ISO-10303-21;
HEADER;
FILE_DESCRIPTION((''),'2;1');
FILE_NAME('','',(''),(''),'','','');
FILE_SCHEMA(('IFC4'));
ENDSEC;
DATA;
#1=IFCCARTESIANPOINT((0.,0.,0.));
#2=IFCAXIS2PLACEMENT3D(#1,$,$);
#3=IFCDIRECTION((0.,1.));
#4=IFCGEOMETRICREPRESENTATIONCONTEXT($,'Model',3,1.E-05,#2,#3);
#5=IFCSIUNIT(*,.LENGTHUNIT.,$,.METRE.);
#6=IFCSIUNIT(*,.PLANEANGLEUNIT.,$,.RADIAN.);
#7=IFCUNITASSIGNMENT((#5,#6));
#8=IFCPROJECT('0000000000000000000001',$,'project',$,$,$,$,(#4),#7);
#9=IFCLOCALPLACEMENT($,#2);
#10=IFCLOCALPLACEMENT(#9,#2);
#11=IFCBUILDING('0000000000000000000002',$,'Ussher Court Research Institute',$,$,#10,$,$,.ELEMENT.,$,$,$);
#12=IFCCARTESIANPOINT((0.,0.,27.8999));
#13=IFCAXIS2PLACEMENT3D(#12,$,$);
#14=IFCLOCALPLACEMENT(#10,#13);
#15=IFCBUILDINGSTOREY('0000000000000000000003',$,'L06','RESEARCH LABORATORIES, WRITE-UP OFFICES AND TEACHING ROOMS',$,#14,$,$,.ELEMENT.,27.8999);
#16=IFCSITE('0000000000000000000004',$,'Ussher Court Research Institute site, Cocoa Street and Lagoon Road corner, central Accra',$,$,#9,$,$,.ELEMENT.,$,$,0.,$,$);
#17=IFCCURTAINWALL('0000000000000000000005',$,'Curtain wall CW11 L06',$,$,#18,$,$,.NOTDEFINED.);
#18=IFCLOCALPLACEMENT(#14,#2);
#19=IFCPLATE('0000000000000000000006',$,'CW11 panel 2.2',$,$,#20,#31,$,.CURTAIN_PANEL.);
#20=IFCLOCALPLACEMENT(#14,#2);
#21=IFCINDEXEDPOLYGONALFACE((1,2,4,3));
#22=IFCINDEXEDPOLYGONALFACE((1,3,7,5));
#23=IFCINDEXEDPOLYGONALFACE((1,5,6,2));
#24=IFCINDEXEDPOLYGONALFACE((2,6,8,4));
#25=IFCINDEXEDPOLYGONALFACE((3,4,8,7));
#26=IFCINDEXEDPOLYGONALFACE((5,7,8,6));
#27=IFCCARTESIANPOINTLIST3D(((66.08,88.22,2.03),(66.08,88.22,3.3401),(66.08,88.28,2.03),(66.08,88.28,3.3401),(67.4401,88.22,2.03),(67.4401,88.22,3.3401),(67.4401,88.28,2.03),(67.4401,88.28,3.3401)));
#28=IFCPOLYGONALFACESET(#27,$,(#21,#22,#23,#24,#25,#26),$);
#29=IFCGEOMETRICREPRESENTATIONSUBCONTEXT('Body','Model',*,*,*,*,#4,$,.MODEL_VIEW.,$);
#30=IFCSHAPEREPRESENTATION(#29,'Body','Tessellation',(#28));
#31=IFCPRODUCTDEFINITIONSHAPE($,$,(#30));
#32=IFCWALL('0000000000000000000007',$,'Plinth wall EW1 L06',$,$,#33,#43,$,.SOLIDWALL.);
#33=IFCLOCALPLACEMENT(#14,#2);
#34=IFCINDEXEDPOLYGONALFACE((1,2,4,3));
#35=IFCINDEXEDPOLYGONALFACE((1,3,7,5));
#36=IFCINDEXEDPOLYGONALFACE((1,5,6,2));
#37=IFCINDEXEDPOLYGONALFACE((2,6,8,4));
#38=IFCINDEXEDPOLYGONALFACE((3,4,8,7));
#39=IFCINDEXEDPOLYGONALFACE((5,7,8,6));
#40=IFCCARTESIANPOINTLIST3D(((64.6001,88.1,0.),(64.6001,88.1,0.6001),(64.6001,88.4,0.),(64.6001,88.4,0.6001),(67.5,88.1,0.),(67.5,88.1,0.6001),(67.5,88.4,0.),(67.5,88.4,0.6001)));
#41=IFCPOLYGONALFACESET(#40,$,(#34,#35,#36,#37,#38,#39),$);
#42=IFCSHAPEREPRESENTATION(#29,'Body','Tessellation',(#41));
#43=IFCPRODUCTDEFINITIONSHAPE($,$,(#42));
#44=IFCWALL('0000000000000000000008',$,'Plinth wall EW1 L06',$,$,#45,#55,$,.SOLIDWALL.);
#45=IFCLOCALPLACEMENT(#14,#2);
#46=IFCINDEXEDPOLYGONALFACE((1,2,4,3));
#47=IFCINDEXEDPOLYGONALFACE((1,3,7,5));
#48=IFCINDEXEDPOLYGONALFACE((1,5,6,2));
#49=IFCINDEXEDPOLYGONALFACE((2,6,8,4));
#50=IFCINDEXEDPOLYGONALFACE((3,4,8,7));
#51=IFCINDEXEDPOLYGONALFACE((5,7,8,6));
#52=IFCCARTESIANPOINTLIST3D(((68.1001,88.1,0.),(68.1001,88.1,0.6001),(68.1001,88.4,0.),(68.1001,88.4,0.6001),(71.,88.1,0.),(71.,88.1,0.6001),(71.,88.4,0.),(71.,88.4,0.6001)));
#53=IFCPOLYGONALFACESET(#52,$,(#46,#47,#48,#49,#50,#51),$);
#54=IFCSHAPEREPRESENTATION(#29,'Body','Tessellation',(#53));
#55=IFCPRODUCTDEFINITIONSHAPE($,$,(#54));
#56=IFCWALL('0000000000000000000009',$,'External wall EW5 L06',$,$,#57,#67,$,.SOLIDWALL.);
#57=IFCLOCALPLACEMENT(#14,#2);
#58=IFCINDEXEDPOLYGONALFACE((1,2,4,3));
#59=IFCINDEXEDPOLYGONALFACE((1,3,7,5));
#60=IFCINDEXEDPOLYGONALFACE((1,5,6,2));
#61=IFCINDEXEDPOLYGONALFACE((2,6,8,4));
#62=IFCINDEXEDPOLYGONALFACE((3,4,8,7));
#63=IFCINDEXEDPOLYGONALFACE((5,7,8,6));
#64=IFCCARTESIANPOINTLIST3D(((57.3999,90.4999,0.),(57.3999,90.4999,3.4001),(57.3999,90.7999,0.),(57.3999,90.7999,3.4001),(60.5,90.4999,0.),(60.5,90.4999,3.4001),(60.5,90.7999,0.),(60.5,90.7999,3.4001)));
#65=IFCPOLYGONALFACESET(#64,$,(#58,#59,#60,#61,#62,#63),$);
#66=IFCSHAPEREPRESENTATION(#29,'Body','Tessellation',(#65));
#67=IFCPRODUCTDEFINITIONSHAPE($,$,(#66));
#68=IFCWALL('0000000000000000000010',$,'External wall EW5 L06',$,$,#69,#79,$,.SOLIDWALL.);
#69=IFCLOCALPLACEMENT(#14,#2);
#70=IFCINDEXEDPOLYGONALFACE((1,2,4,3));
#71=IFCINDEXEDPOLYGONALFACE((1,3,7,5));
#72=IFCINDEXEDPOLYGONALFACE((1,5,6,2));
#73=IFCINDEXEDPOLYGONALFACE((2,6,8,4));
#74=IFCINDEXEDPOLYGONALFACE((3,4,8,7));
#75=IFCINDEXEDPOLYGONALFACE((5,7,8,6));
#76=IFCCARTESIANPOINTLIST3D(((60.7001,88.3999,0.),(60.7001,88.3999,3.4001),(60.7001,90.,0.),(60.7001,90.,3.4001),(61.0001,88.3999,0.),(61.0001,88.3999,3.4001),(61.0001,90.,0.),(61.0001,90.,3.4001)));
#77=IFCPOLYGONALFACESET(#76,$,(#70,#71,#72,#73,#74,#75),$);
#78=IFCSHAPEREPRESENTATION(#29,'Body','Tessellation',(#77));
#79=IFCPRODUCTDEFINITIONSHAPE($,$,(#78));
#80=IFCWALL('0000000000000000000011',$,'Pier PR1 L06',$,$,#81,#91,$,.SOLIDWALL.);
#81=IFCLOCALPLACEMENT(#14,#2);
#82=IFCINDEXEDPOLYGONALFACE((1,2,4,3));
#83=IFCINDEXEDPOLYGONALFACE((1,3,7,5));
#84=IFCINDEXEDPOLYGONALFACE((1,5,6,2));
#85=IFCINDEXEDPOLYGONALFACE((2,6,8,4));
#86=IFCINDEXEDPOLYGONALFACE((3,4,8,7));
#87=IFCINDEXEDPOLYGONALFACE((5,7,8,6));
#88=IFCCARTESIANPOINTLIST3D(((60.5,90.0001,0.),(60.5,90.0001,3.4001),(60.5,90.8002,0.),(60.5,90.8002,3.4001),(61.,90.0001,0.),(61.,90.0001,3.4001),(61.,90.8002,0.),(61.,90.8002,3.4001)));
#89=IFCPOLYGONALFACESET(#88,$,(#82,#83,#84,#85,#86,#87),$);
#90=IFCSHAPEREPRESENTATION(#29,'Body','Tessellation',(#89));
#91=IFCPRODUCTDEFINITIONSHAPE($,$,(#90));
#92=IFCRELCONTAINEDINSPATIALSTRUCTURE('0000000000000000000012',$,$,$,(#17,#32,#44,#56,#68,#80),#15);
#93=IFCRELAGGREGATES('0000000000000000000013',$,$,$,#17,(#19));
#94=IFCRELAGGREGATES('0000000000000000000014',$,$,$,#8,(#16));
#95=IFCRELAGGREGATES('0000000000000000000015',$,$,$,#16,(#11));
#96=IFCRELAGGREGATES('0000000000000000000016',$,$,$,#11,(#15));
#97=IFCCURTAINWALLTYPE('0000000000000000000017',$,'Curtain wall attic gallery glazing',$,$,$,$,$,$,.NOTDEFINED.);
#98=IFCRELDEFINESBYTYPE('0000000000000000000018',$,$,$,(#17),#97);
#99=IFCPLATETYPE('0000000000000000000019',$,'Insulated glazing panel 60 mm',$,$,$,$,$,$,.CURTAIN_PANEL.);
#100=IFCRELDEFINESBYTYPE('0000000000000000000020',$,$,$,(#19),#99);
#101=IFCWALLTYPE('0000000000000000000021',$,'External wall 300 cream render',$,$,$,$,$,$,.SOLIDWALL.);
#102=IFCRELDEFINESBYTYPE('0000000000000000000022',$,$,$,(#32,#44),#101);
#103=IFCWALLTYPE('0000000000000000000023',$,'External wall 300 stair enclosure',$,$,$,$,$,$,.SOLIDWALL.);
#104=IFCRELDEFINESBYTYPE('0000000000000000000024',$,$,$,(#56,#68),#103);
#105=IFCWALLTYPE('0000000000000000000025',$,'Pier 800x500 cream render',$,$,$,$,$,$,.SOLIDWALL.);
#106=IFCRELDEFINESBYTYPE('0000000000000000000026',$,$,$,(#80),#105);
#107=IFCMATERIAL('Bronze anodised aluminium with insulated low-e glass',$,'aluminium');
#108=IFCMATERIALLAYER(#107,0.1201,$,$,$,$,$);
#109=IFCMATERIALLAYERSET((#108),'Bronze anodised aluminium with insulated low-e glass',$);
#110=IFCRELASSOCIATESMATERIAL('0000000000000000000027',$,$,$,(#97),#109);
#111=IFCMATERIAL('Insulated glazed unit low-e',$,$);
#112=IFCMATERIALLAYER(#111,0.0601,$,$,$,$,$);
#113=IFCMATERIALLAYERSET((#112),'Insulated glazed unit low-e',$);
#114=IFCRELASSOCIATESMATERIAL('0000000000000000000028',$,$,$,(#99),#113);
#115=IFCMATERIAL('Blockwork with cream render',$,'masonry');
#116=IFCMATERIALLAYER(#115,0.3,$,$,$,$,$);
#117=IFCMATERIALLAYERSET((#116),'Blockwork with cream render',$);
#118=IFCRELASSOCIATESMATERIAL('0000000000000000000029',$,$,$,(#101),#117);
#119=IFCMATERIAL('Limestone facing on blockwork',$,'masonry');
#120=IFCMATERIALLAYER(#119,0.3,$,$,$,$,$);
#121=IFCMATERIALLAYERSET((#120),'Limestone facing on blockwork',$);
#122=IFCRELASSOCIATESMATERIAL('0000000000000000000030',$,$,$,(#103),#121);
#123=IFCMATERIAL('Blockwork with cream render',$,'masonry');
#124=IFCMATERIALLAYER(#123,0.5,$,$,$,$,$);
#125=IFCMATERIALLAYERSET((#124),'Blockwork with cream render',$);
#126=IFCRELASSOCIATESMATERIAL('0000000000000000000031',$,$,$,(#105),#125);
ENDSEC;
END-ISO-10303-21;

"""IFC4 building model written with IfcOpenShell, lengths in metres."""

from ifc_helpers import new_model, si_unit, direction, frame, frame_2d, origin, origin_2d, place, context, subcontext, project, spatial, rectangle, extrude, material, layer, layer_set, type_object, element, aggregate, save


model = new_model("IFC4")

# Units and contexts
model_context = context("Model", 3, precision=1e-05, world=origin(), true_north=direction((0.0, 1.0)))
body_context = subcontext(model_context, "Body", "Model", "MODEL_VIEW")
ifc_project = project(units=[si_unit("LENGTHUNIT", "METRE"), si_unit("PLANEANGLEUNIT", "RADIAN")], contexts=[model_context])

# Site, building, storey
site_placement = place(None, origin())
site = spatial("IfcSite", under=ifc_project, at=site_placement, Name="Ussher Court Research Institute site, Cocoa Street and Lagoon Road corner, central Accra", CompositionType="ELEMENT", RefElevation=0.0)
building_placement = place(site_placement, origin())
building = spatial("IfcBuilding", under=site, at=building_placement, Name="Ussher Court Research Institute", CompositionType="ELEMENT")
storey_placement = place(building_placement, frame((0.0, 0.0, 27.8999)))
storey = spatial("IfcBuildingStorey", under=building, at=storey_placement, Name="L06", Description="RESEARCH LABORATORIES, WRITE-UP OFFICES AND TEACHING ROOMS", CompositionType="ELEMENT", Elevation=27.8999)

# Curtain wall
ifc_material_1 = material(Name="Bronze anodised aluminium with insulated low-e glass", Category="aluminium")
ifc_layer_1 = layer(ifc_material_1, 0.1201)
ifc_layer_set_1 = layer_set([ifc_layer_1], Name="Bronze anodised aluminium with insulated low-e glass")
curtain_wall_type = type_object("IfcCurtainWallType", Name="Curtain wall attic gallery glazing", PredefinedType="NOTDEFINED", material=ifc_layer_set_1)
curtain_wall_1_placement = place(storey_placement, origin())
curtain_wall_1 = element("IfcCurtainWall", 1, at=curtain_wall_1_placement, inside=storey, type_object=curtain_wall_type, Name="Curtain wall CW11 L06", PredefinedType="NOTDEFINED")

# Plate
ifc_material_2 = material(Name="Insulated glazed unit low-e")
ifc_layer_2 = layer(ifc_material_2, 0.0601)
ifc_layer_set_2 = layer_set([ifc_layer_2], Name="Insulated glazed unit low-e")
plate_type = type_object("IfcPlateType", Name="Insulated glazing panel 60 mm", PredefinedType="CURTAIN_PANEL", material=ifc_layer_set_2)
plate_1_placement = place(storey_placement, frame((66.76, 88.25, 2.03), z_axis=(0.0, 0.0, 1.0), x_axis=(1.0, 0.0, 0.0)))
plate_1 = element("IfcPlate", 2, at=plate_1_placement, type_object=plate_type, Name="CW11 panel 2.2", PredefinedType="CURTAIN_PANEL", context=body_context, shape_type="SweptSolid", body=[
    extrude(rectangle(XDim=1.3601, YDim=0.0601, at=origin_2d()), origin(), (0.0, 0.0, 1.0), 1.3101),
])
aggregate(curtain_wall_1, [plate_1])

# Walls
ifc_material_3 = material(Name="Blockwork with cream render", Category="masonry")
ifc_layer_3 = layer(ifc_material_3, 0.3)
ifc_layer_set_3 = layer_set([ifc_layer_3], Name="Blockwork with cream render")
wall_type_1 = type_object("IfcWallType", Name="External wall 300 cream render", PredefinedType="SOLIDWALL", material=ifc_layer_set_3)
for number, where, z_axis, x_axis, name in (
    (3, (64.6001, 88.25, 0.0), (0.0, 0.0, 1.0), (1.0, 0.0, 0.0), "Plinth wall EW1 L06"),
    (4, (68.1001, 88.25, 0.0), (0.0, 0.0, 1.0), (1.0, 0.0, 0.0), "Plinth wall EW1 L06"),
):
    element("IfcWall", number, at=place(storey_placement, frame(where, z_axis=z_axis, x_axis=x_axis)), inside=storey, type_object=wall_type_1, Name=name, PredefinedType="SOLIDWALL", context=body_context, shape_type="SweptSolid", body=[
        extrude(rectangle(XDim=2.8999, YDim=0.3, at=frame_2d((1.45, 0.0))), origin(), (0.0, 0.0, 1.0), 0.6001),
    ])
ifc_material_4 = material(Name="Limestone facing on blockwork", Category="masonry")
ifc_layer_4 = layer(ifc_material_4, 0.3)
ifc_layer_set_4 = layer_set([ifc_layer_4], Name="Limestone facing on blockwork")
wall_type_2 = type_object("IfcWallType", Name="External wall 300 stair enclosure", PredefinedType="SOLIDWALL", material=ifc_layer_set_4)
wall_1_placement = place(storey_placement, frame((57.3999, 90.6499, 0.0), z_axis=(0.0, 0.0, 1.0), x_axis=(1.0, 0.0, 0.0)))
element("IfcWall", 5, at=wall_1_placement, inside=storey, type_object=wall_type_2, Name="External wall EW5 L06", PredefinedType="SOLIDWALL", context=body_context, shape_type="SweptSolid", body=[
    extrude(rectangle(XDim=3.1001, YDim=0.3, at=frame_2d((1.55, 0.0))), origin(), (0.0, 0.0, 1.0), 3.4001),
])
wall_2_placement = place(storey_placement, frame((60.8501, 90.0, 0.0), z_axis=(0.0, 0.0, 1.0), x_axis=(0.0, -1.0, 0.0)))
element("IfcWall", 6, at=wall_2_placement, inside=storey, type_object=wall_type_2, Name="External wall EW5 L06", PredefinedType="SOLIDWALL", context=body_context, shape_type="SweptSolid", body=[
    extrude(rectangle(XDim=1.6001, YDim=0.3, at=frame_2d((0.8, 0.0))), origin(), (0.0, 0.0, 1.0), 3.4001),
])
ifc_material_5 = material(Name="Blockwork with cream render", Category="masonry")
ifc_layer_5 = layer(ifc_material_5, 0.5)
ifc_layer_set_5 = layer_set([ifc_layer_5], Name="Blockwork with cream render")
wall_type_3 = type_object("IfcWallType", Name="Pier 800x500 cream render", PredefinedType="SOLIDWALL", material=ifc_layer_set_5)
wall_3_placement = place(storey_placement, frame((60.75, 90.8, 0.0), z_axis=(0.0, 0.0, 1.0), x_axis=(0.0, -1.0, 0.0)))
element("IfcWall", 7, at=wall_3_placement, inside=storey, type_object=wall_type_3, Name="Pier PR1 L06", PredefinedType="SOLIDWALL", context=body_context, shape_type="SweptSolid", body=[
    extrude(rectangle(XDim=0.8, YDim=0.5, at=frame_2d((0.3999, 0.0))), origin(), (0.0, 0.0, 1.0), 3.4001),
])

save(model, "model.ifc")
